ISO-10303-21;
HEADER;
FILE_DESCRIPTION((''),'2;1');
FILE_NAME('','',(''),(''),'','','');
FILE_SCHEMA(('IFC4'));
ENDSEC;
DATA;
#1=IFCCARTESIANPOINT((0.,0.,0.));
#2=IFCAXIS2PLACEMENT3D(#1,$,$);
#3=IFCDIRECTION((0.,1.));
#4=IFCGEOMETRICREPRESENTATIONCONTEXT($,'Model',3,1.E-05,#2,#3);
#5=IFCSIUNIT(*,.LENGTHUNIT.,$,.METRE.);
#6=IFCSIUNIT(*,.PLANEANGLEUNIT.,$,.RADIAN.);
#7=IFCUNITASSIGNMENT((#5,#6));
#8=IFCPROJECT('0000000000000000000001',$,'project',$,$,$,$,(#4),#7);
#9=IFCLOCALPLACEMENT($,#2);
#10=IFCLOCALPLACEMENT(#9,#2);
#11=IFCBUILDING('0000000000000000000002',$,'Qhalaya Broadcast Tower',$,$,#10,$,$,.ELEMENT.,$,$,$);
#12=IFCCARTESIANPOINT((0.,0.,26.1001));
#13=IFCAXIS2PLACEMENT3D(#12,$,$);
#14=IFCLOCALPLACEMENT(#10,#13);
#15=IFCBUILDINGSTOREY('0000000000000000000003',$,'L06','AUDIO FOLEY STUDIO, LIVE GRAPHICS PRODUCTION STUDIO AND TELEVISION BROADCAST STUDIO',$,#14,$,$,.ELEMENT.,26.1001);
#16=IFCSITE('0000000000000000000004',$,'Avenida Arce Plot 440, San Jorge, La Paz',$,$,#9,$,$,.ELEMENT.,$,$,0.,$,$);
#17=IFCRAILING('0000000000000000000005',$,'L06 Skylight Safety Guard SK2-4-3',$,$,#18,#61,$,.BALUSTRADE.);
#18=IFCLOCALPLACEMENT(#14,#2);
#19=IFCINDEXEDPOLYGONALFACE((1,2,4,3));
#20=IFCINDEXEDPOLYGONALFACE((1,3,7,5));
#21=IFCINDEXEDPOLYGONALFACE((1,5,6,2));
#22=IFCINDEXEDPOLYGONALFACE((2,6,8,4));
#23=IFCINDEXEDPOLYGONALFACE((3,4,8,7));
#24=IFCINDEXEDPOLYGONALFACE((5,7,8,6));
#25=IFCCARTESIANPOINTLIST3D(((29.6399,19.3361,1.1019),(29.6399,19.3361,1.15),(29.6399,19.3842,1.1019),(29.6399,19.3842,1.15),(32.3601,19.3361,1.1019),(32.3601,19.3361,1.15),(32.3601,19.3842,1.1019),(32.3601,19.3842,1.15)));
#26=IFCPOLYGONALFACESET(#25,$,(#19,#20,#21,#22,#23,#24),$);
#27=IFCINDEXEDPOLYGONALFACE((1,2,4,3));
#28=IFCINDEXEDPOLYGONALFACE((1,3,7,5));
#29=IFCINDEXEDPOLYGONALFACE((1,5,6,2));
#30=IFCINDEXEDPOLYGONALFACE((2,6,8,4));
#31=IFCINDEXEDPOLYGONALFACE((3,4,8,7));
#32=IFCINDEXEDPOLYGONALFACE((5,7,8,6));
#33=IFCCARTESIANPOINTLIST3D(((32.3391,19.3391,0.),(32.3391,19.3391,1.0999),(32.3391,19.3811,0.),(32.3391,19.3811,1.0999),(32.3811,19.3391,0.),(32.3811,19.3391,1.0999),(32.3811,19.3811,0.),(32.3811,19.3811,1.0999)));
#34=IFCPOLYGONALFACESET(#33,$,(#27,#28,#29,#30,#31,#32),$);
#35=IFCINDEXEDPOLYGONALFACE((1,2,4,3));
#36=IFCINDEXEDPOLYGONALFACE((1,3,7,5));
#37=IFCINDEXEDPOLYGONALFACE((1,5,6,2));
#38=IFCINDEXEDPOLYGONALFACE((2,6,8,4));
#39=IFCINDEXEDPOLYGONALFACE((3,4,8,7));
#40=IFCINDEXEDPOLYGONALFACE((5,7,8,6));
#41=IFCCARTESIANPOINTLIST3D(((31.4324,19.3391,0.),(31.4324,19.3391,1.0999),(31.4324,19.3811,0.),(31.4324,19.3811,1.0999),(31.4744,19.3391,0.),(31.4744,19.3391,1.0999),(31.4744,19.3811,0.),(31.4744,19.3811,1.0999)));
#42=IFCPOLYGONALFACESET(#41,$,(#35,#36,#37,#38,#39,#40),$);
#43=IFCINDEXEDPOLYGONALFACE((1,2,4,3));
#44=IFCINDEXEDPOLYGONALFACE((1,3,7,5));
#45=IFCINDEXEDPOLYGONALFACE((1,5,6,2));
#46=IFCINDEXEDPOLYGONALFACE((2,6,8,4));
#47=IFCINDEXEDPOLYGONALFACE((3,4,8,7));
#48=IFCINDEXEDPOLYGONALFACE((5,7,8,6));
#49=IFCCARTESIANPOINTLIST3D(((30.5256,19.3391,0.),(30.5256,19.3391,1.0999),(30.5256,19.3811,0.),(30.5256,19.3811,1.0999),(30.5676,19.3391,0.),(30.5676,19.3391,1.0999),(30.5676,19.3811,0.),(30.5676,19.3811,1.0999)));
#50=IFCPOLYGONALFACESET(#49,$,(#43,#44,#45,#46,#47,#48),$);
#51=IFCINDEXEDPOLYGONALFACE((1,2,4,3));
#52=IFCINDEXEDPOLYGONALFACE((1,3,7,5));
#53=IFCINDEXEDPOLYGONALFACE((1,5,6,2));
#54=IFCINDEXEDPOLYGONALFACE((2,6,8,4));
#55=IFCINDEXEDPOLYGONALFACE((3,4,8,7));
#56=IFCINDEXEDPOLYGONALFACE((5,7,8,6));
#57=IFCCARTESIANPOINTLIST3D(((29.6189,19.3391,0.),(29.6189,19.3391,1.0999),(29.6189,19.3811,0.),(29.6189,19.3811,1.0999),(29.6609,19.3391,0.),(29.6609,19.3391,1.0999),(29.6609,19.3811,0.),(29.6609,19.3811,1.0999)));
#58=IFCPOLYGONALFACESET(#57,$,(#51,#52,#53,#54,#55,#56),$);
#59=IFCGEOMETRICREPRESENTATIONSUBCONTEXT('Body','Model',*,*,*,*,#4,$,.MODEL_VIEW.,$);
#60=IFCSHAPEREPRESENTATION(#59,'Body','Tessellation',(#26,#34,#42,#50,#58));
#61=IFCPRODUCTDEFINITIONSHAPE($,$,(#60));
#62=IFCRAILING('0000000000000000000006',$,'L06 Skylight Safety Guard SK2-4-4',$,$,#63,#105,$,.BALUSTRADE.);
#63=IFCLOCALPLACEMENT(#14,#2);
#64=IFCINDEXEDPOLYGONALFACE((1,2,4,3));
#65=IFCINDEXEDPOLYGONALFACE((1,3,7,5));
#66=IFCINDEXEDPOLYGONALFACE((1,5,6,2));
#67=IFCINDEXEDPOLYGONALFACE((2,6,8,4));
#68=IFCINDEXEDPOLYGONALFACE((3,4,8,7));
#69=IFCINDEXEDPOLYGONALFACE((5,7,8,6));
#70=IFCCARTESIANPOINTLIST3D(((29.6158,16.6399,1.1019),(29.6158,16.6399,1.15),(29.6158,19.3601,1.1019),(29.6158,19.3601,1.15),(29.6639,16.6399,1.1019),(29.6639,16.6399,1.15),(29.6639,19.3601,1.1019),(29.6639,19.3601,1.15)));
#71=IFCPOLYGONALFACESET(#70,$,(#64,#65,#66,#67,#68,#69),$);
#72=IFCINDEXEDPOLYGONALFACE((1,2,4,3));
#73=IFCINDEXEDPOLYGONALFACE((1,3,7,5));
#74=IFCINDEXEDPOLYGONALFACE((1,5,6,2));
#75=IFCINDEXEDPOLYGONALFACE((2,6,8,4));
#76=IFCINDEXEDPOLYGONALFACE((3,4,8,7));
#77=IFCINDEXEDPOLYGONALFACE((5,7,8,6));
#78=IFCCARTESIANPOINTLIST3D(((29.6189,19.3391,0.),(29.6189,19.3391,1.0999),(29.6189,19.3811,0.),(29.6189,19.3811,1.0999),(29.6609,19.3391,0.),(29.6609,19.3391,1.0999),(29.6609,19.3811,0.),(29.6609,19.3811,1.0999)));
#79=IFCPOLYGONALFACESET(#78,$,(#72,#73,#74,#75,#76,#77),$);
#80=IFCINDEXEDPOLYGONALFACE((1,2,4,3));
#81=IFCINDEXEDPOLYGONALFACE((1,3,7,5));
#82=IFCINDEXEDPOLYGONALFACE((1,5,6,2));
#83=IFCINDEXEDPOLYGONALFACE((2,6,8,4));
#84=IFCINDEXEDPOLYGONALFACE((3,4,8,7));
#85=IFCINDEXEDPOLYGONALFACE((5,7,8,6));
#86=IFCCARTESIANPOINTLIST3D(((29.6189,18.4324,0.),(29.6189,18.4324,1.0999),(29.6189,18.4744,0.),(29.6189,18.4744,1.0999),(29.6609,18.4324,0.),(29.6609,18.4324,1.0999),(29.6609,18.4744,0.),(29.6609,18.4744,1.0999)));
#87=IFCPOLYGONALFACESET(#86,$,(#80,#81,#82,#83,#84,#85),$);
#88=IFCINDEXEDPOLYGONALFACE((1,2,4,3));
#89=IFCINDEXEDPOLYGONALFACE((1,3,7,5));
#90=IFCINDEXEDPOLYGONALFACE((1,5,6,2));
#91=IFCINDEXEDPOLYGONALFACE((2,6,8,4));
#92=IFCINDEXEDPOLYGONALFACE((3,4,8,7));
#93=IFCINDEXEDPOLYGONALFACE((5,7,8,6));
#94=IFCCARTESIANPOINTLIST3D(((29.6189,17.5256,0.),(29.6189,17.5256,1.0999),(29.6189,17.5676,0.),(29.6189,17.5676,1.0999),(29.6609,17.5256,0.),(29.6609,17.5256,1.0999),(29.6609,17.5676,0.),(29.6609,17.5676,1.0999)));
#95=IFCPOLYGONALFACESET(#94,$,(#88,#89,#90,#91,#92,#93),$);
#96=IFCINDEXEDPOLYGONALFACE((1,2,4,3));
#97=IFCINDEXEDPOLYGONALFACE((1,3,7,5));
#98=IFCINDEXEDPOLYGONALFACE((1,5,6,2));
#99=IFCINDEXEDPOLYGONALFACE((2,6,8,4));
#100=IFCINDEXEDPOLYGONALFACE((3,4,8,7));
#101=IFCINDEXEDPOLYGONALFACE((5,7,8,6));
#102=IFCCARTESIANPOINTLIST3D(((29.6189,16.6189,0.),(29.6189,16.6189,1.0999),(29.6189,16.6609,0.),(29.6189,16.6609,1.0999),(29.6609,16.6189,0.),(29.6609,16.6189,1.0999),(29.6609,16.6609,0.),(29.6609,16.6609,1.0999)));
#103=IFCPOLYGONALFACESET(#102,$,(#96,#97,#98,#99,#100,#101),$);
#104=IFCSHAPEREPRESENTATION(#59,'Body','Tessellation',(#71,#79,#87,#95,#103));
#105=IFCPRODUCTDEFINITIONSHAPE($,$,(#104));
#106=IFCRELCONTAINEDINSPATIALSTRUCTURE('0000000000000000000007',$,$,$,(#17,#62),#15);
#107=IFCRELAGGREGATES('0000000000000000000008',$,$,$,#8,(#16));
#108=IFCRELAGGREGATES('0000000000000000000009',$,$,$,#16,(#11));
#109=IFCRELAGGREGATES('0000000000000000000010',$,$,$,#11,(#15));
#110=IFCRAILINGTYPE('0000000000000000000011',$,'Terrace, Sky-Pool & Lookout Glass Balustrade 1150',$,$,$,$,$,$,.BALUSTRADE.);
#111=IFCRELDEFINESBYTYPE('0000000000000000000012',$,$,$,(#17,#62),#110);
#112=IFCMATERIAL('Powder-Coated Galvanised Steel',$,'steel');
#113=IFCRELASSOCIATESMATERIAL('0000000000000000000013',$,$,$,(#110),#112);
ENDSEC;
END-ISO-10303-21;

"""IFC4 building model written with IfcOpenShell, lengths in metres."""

from ifc_helpers import new_model, si_unit, direction, frame, origin, origin_2d, place, context, subcontext, project, spatial, rectangle, extrude, material, type_object, element, save


model = new_model("IFC4")

# Units and contexts
model_context = context("Model", 3, precision=1e-05, world=origin(), true_north=direction((0.0, 1.0)))
body_context = subcontext(model_context, "Body", "Model", "MODEL_VIEW")
ifc_project = project(units=[si_unit("LENGTHUNIT", "METRE"), si_unit("PLANEANGLEUNIT", "RADIAN")], contexts=[model_context])

# Site, building, storey
site_placement = place(None, origin())
site = spatial("IfcSite", under=ifc_project, at=site_placement, Name="Avenida Arce Plot 440, San Jorge, La Paz", CompositionType="ELEMENT", RefElevation=0.0)
building_placement = place(site_placement, origin())
building = spatial("IfcBuilding", under=site, at=building_placement, Name="Qhalaya Broadcast Tower", CompositionType="ELEMENT")
storey_placement = place(building_placement, frame((0.0, 0.0, 26.1001)))
storey = spatial("IfcBuildingStorey", under=building, at=storey_placement, Name="L06", Description="AUDIO FOLEY STUDIO, LIVE GRAPHICS PRODUCTION STUDIO AND TELEVISION BROADCAST STUDIO", CompositionType="ELEMENT", Elevation=26.1001)

# Railings
ifc_material_1 = material(Name="Powder-Coated Galvanised Steel", Category="steel")
railing_type = type_object("IfcRailingType", Name="Terrace, Sky-Pool & Lookout Glass Balustrade 1150", PredefinedType="BALUSTRADE", material=ifc_material_1)
railing_1_placement = place(storey_placement, frame((32.3601, 19.3601, 0.0)))
element("IfcRailing", 1, at=railing_1_placement, inside=storey, type_object=railing_type, Name="L06 Skylight Safety Guard SK2-4-3", PredefinedType="BALUSTRADE", context=body_context, shape_type="SweptSolid", body=[
    extrude(rectangle(XDim=0.0481, YDim=0.0481, at=origin_2d()), frame((0.0, 0.0, 1.126), z_axis=(-1.0, 0.0, 0.0), x_axis=(0.0, -1.0, 0.0)), (0.0, 0.0, 1.0), 2.7202),
    extrude(rectangle(XDim=0.042, YDim=0.042, at=origin_2d()), origin(), (0.0, 0.0, 1.0), 1.0999),
    extrude(rectangle(XDim=0.042, YDim=0.042, at=origin_2d()), frame((-0.9067, 0.0, 0.0)), (0.0, 0.0, 1.0), 1.0999),
    extrude(rectangle(XDim=0.042, YDim=0.042, at=origin_2d()), frame((-1.8135, 0.0, 0.0)), (0.0, 0.0, 1.0), 1.0999),
    extrude(rectangle(XDim=0.042, YDim=0.042, at=origin_2d()), frame((-2.7202, 0.0, 0.0)), (0.0, 0.0, 1.0), 1.0999),
])
railing_2_placement = place(storey_placement, frame((29.6399, 19.3601, 0.0)))
element("IfcRailing", 2, at=railing_2_placement, inside=storey, type_object=railing_type, Name="L06 Skylight Safety Guard SK2-4-4", PredefinedType="BALUSTRADE", context=body_context, shape_type="SweptSolid", body=[
    extrude(rectangle(XDim=0.0481, YDim=0.0481, at=origin_2d()), frame((0.0, 0.0, 1.126), z_axis=(0.0, -1.0, 0.0), x_axis=(1.0, 0.0, 0.0)), (0.0, 0.0, 1.0), 2.7202),
    extrude(rectangle(XDim=0.042, YDim=0.042, at=origin_2d()), origin(), (0.0, 0.0, 1.0), 1.0999),
    extrude(rectangle(XDim=0.042, YDim=0.042, at=origin_2d()), frame((0.0, -0.9067, 0.0)), (0.0, 0.0, 1.0), 1.0999),
    extrude(rectangle(XDim=0.042, YDim=0.042, at=origin_2d()), frame((0.0, -1.8135, 0.0)), (0.0, 0.0, 1.0), 1.0999),
    extrude(rectangle(XDim=0.042, YDim=0.042, at=origin_2d()), frame((0.0, -2.7202, 0.0)), (0.0, 0.0, 1.0), 1.0999),
])

save(model, "model.ifc")
